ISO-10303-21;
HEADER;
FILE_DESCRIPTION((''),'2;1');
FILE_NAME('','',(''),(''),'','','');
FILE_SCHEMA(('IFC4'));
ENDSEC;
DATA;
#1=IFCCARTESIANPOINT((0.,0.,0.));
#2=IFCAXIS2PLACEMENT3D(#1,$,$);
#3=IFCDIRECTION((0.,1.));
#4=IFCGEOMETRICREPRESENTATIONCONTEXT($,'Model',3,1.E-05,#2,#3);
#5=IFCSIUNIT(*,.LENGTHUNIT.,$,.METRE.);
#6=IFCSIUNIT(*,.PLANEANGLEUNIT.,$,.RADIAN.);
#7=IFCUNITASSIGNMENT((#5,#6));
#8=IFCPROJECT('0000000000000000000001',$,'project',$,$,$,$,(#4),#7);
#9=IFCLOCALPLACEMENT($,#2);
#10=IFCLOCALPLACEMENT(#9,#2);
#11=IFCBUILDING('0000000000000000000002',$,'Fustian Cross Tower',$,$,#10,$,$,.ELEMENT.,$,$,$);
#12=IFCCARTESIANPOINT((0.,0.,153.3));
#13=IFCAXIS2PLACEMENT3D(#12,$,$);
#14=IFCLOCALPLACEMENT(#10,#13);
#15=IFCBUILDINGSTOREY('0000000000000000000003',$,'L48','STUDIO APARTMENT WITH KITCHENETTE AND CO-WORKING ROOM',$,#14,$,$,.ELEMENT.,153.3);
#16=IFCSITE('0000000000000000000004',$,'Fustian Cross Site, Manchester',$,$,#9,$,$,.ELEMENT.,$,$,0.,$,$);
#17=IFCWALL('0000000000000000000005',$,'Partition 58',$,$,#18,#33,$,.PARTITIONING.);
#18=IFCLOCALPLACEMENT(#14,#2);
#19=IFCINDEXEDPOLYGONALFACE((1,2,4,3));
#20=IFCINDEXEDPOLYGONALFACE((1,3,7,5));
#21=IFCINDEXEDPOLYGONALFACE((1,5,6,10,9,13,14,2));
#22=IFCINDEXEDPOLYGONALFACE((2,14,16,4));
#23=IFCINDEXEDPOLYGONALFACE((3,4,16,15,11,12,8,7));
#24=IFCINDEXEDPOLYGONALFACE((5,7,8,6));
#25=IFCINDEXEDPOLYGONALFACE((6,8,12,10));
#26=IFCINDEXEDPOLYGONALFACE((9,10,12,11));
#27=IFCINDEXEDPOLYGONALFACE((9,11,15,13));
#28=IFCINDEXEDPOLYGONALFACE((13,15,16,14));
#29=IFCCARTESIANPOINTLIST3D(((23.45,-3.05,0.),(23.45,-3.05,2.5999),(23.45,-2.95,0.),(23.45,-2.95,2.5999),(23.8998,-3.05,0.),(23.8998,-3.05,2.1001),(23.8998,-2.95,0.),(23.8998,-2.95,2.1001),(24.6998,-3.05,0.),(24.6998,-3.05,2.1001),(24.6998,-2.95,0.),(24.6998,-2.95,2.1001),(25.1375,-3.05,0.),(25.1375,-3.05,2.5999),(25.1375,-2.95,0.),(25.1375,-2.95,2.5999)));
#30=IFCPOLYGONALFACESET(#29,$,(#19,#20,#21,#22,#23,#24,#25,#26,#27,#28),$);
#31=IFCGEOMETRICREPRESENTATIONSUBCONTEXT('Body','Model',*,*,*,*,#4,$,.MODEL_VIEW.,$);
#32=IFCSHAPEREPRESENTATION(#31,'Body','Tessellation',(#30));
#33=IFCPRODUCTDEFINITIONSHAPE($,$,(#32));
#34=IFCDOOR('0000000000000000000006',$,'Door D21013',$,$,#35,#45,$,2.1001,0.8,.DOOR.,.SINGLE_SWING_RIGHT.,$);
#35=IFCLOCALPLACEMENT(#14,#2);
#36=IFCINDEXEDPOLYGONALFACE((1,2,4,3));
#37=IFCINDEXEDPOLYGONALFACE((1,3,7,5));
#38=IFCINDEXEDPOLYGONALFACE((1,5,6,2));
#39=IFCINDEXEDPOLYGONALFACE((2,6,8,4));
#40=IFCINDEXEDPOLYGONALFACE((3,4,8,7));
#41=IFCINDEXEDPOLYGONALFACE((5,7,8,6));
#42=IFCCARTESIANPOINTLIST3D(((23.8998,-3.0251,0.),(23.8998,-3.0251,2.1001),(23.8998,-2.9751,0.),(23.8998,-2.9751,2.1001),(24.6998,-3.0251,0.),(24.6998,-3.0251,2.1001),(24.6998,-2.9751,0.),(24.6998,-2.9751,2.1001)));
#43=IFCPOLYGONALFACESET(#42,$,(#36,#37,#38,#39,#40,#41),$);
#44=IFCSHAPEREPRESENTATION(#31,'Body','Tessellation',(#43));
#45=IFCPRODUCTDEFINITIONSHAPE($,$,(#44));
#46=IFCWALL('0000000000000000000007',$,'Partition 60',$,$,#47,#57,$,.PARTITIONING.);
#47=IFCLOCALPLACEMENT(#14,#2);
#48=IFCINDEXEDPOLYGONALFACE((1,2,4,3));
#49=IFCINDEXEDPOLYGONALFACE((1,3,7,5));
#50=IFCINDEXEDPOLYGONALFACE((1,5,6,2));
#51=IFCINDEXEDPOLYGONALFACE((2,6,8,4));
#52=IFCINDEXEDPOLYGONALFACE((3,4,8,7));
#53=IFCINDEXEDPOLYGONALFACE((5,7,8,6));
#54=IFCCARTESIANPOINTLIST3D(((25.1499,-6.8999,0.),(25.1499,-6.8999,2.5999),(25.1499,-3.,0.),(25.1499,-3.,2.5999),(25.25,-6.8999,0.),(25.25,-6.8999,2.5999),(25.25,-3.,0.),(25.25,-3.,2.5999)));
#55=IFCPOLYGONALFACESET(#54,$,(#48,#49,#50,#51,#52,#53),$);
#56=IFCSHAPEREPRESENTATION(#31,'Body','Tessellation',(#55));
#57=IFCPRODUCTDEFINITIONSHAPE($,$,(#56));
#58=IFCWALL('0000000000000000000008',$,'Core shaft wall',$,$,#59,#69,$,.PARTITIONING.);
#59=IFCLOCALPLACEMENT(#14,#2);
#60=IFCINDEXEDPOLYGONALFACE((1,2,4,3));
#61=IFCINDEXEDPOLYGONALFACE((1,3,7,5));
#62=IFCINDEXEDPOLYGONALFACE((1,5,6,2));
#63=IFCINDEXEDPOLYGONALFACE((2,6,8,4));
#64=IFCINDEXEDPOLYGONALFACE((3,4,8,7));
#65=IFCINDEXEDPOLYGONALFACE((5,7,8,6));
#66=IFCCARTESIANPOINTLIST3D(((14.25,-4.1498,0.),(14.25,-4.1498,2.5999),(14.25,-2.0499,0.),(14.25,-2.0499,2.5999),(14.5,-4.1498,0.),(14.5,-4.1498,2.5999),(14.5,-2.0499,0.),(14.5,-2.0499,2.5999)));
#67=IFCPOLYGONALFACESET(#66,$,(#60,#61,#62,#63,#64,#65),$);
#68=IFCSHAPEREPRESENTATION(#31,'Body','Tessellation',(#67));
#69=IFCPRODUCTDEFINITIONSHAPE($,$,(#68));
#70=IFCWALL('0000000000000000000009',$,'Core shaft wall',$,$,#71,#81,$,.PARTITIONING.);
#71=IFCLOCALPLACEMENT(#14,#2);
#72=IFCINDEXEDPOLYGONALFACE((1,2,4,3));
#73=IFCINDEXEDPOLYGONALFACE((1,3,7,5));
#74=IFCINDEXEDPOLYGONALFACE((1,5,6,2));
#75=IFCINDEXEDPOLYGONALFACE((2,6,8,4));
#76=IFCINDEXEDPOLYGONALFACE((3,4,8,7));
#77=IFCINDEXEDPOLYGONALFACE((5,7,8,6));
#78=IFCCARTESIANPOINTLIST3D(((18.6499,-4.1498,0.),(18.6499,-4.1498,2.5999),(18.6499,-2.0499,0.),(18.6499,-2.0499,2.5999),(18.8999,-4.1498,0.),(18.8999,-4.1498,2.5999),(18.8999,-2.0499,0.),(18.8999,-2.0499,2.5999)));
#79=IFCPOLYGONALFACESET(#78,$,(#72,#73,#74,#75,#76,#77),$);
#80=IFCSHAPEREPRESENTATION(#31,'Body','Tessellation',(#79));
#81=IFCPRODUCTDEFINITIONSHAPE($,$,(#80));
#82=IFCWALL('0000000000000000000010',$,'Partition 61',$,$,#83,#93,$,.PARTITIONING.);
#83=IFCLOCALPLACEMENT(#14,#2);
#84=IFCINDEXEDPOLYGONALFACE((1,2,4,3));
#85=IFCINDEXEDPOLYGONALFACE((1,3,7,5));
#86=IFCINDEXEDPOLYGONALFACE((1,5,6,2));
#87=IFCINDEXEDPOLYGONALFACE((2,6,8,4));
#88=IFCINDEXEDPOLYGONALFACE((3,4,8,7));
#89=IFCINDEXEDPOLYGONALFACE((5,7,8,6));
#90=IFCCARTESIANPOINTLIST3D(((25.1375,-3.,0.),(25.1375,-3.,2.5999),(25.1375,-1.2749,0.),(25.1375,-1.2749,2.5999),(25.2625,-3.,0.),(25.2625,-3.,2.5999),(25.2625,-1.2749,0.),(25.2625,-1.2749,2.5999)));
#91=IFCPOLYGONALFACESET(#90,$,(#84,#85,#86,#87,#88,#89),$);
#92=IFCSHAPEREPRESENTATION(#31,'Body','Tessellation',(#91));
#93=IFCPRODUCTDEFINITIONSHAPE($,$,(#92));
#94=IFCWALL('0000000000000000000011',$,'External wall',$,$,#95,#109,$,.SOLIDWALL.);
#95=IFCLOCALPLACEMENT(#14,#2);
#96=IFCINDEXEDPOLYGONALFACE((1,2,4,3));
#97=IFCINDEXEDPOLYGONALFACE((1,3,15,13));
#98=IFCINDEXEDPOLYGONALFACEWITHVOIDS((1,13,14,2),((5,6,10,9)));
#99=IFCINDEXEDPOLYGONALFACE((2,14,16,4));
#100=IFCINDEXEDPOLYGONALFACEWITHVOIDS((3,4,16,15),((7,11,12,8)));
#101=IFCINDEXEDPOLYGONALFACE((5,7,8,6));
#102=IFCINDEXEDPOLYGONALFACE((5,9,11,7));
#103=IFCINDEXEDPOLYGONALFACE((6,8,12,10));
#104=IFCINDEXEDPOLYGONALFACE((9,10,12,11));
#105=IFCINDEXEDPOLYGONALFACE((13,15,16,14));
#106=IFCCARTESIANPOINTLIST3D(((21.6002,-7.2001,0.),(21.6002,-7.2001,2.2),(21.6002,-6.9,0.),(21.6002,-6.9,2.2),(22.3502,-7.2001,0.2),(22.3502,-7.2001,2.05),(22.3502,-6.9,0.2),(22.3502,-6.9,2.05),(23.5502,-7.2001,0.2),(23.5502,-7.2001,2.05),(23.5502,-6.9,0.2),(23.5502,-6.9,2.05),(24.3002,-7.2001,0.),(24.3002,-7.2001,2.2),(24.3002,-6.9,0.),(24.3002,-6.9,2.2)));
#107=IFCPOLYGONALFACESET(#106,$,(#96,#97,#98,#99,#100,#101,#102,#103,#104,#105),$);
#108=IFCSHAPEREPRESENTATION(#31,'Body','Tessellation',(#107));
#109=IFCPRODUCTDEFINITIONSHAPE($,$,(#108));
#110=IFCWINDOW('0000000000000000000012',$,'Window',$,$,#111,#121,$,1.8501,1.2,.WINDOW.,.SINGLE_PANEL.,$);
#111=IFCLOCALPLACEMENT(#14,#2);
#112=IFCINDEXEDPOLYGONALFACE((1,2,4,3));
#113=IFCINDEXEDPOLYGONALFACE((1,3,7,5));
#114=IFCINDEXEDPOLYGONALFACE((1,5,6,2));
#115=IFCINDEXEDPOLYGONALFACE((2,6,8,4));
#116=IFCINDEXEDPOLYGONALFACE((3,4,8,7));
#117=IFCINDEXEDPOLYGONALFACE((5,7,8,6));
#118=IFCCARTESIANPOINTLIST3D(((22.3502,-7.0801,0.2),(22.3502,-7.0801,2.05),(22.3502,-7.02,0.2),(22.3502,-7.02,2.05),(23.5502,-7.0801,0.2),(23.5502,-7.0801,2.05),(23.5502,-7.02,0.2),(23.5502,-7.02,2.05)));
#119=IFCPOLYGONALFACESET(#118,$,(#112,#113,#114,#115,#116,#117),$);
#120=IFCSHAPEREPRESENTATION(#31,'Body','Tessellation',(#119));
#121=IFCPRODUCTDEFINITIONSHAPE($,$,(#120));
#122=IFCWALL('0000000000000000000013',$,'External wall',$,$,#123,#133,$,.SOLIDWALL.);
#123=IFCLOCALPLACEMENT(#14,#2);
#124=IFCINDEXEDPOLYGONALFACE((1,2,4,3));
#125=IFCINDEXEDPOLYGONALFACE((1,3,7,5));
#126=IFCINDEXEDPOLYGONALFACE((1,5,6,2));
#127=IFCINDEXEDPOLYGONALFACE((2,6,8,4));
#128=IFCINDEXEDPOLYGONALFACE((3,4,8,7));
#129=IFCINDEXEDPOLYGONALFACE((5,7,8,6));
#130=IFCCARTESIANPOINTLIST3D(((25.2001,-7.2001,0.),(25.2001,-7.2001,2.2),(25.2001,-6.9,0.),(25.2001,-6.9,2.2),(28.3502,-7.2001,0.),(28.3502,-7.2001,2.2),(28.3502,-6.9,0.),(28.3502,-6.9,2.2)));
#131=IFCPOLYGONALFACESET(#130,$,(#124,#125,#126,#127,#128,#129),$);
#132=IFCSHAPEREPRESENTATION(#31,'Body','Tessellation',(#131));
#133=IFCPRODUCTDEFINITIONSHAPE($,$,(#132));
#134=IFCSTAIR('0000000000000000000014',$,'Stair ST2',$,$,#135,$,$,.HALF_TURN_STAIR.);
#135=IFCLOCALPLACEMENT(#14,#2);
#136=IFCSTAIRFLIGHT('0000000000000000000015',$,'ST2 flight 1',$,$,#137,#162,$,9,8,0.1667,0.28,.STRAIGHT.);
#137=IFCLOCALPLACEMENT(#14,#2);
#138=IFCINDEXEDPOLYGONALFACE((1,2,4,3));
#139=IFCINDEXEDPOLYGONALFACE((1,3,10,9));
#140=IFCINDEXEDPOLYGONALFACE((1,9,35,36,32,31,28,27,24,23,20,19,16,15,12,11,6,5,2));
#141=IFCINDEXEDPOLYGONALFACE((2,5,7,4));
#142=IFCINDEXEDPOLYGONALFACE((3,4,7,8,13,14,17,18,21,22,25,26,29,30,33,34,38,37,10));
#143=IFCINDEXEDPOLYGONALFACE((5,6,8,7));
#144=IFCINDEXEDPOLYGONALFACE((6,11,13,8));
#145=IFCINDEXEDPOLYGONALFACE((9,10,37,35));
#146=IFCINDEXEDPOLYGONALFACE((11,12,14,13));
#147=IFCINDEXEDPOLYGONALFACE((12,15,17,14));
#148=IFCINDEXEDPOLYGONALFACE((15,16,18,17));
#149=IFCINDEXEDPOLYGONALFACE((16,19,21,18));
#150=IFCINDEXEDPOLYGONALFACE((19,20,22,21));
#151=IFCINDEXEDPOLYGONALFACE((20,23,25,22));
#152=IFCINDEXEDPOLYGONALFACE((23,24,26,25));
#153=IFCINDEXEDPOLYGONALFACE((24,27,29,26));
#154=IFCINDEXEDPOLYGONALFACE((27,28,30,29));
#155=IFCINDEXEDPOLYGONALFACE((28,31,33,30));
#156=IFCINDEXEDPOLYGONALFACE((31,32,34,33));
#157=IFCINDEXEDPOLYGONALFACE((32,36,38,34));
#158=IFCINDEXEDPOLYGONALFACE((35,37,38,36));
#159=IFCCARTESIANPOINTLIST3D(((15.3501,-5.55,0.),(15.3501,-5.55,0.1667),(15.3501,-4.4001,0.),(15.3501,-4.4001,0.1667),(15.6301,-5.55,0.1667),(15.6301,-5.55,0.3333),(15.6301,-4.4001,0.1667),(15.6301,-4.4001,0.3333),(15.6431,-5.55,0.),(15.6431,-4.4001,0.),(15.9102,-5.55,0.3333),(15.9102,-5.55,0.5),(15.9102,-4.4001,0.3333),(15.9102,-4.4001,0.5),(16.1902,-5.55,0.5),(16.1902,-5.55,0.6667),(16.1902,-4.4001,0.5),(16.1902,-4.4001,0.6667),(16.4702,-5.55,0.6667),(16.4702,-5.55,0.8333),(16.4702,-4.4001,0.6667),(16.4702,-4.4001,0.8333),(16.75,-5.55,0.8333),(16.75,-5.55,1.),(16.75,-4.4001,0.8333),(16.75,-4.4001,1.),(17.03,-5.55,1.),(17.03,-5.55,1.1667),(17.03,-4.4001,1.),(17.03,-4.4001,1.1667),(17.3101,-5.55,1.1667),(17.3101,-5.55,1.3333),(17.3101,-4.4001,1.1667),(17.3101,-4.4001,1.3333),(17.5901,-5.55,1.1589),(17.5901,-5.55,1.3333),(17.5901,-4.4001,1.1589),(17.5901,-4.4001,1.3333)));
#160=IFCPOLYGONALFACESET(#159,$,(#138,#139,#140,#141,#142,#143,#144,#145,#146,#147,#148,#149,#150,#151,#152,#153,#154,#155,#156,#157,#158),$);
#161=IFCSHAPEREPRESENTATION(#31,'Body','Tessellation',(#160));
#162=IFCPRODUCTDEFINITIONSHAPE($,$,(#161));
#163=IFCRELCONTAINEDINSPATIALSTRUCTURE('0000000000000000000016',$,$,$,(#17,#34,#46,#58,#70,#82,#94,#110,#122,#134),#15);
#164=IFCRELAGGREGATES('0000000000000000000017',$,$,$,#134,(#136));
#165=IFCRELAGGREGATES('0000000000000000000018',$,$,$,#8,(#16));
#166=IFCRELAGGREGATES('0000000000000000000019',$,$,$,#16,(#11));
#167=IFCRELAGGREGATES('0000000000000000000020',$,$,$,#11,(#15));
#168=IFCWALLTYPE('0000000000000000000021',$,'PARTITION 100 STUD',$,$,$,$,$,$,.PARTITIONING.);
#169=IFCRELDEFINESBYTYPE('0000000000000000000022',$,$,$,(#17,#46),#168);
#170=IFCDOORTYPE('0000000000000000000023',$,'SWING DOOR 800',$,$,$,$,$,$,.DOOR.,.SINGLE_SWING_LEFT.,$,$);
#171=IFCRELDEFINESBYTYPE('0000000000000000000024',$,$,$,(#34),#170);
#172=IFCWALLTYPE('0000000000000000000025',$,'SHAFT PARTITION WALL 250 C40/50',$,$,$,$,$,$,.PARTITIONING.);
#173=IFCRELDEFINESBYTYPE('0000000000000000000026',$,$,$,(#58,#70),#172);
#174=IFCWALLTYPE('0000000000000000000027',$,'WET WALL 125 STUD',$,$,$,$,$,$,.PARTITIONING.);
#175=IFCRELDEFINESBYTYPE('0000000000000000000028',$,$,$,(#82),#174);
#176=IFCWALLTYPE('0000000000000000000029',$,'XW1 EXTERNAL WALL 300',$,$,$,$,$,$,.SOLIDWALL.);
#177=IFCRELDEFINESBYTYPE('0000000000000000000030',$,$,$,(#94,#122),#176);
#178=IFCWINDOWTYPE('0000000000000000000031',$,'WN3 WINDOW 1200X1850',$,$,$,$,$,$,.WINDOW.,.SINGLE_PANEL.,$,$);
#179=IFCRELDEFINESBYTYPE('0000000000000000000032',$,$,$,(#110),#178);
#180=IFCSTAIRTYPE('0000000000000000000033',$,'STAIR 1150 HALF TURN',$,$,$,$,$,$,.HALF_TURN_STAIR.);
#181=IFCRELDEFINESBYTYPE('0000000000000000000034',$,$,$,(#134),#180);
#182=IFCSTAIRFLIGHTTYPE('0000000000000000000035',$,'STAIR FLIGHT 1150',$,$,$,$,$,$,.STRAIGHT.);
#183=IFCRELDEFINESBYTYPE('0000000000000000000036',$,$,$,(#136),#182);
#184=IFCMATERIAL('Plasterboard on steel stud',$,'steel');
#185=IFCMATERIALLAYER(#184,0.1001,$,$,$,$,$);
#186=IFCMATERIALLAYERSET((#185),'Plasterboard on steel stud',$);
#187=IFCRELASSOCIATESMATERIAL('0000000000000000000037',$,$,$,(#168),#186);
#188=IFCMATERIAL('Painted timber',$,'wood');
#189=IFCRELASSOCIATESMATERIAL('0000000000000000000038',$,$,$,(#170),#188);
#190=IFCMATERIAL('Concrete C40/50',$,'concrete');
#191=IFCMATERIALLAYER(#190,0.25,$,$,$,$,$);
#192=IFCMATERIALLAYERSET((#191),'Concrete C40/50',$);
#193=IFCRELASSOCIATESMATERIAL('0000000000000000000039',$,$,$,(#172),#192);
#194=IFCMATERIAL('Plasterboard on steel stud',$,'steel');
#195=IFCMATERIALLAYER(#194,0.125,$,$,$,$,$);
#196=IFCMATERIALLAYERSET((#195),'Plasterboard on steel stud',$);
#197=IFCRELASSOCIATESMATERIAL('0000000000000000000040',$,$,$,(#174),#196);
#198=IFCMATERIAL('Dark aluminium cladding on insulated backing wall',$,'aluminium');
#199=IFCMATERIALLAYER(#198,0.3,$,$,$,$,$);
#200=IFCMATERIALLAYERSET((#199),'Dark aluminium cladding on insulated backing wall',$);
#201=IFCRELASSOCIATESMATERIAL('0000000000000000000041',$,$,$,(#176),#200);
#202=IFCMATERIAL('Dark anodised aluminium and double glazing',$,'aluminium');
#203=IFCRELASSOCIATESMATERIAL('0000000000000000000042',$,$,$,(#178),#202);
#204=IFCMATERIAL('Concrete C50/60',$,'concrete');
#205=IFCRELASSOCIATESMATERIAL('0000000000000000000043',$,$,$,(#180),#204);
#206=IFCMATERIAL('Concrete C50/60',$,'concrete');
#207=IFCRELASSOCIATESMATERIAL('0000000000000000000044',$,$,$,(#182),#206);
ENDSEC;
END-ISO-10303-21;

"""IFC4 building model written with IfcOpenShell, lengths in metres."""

from ifc_helpers import new_model, si_unit, direction, frame, frame_2d, origin, place, context, subcontext, project, spatial, polyline, rectangle, outline, extrude, material, layer, layer_set, type_object, element, fill, aggregate, save


model = new_model("IFC4")

# Units and contexts
model_context = context("Model", 3, precision=1e-05, world=origin(), true_north=direction((0.0, 1.0)))
body_context = subcontext(model_context, "Body", "Model", "MODEL_VIEW")
ifc_project = project(units=[si_unit("LENGTHUNIT", "METRE"), si_unit("PLANEANGLEUNIT", "RADIAN")], contexts=[model_context])

# Site, building, storey
site_placement = place(None, origin())
site = spatial("IfcSite", under=ifc_project, at=site_placement, Name="Fustian Cross Site, Manchester", CompositionType="ELEMENT", RefElevation=0.0)
building_placement = place(site_placement, origin())
building = spatial("IfcBuilding", under=site, at=building_placement, Name="Fustian Cross Tower", CompositionType="ELEMENT")
storey_placement = place(building_placement, frame((0.0, 0.0, 153.3)))
storey = spatial("IfcBuildingStorey", under=building, at=storey_placement, Name="L48", Description="STUDIO APARTMENT WITH KITCHENETTE AND CO-WORKING ROOM", CompositionType="ELEMENT", Elevation=153.3)

# Shared definitions
ifc_material_1 = material(Name="Plasterboard on steel stud", Category="steel")
ifc_layer_1 = layer(ifc_material_1, 0.1001)
ifc_layer_set_1 = layer_set([ifc_layer_1], Name="Plasterboard on steel stud")
wall_type_1 = type_object("IfcWallType", Name="PARTITION 100 STUD", PredefinedType="PARTITIONING", material=ifc_layer_set_1)

# Wall, opening, door
wall_1_placement = place(storey_placement, frame((23.45, -3.0, 0.0), z_axis=(0.0, 0.0, 1.0), x_axis=(1.0, 0.0, 0.0)))
wall_1 = element("IfcWall", 1, at=wall_1_placement, inside=storey, type_object=wall_type_1, Name="Partition 58", PredefinedType="PARTITIONING", context=body_context, shape_type="SweptSolid", body=[
    extrude(rectangle(XDim=1.6875, YDim=0.1001, at=frame_2d((0.8438, 0.0))), origin(), (0.0, 0.0, 1.0), 2.5999),
])
opening_1_placement = place(wall_1_placement, frame((0.45, 0.0, 0.0)))
opening_1 = element("IfcOpeningElement", 2, at=opening_1_placement, cuts=wall_1, PredefinedType="OPENING", context=body_context, shape_type="SweptSolid", body=[
    extrude(rectangle(XDim=0.8, YDim=2.1001, at=frame_2d((0.3999, 1.05))), frame((0.0, 0.0601, 0.0), z_axis=(0.0, -1.0, 0.0), x_axis=(1.0, 0.0, 0.0)), (0.0, 0.0, 1.0), 0.1201),
])
ifc_material_2 = material(Name="Painted timber", Category="wood")
door_type_1 = type_object("IfcDoorType", Name="SWING DOOR 800", OperationType="SINGLE_SWING_LEFT", PredefinedType="DOOR", material=ifc_material_2)
door_1_placement = place(opening_1_placement, origin())
door_1 = element("IfcDoor", 3, at=door_1_placement, inside=storey, type_object=door_type_1, Name="Door D21013", OperationType="SINGLE_SWING_RIGHT", OverallHeight=2.1001, OverallWidth=0.8, PredefinedType="DOOR", context=body_context, shape_type="SweptSolid", body=[
    extrude(rectangle(XDim=0.8, YDim=2.1001, at=frame_2d((0.3999, 1.05))), frame((0.0, 0.0249, 0.0), z_axis=(0.0, -1.0, 0.0), x_axis=(1.0, 0.0, 0.0)), (0.0, 0.0, 1.0), 0.05),
])
fill(opening_1, door_1)

# Walls
wall_2_placement = place(storey_placement, frame((25.2, -6.8999, 0.0), z_axis=(0.0, 0.0, 1.0), x_axis=(0.0, 1.0, 0.0)))
element("IfcWall", 4, at=wall_2_placement, inside=storey, type_object=wall_type_1, Name="Partition 60", PredefinedType="PARTITIONING", context=body_context, shape_type="SweptSolid", body=[
    extrude(rectangle(XDim=3.8999, YDim=0.1001, at=frame_2d((1.95, 0.0))), origin(), (0.0, 0.0, 1.0), 2.5999),
])
ifc_material_3 = material(Name="Concrete C40/50", Category="concrete")
ifc_layer_2 = layer(ifc_material_3, 0.25)
ifc_layer_set_2 = layer_set([ifc_layer_2], Name="Concrete C40/50")
wall_type_2 = type_object("IfcWallType", Name="SHAFT PARTITION WALL 250 C40/50", PredefinedType="PARTITIONING", material=ifc_layer_set_2)
for number, where, z_axis, x_axis, name in (
    (5, (14.375, -2.05, 0.0), (0.0, 0.0, 1.0), (0.0, -1.0, 0.0), "Core shaft wall"),
    (6, (18.7749, -2.05, 0.0), (0.0, 0.0, 1.0), (0.0, -1.0, 0.0), "Core shaft wall"),
):
    element("IfcWall", number, at=place(storey_placement, frame(where, z_axis=z_axis, x_axis=x_axis)), inside=storey, type_object=wall_type_2, Name=name, PredefinedType="PARTITIONING", context=body_context, shape_type="SweptSolid", body=[
        extrude(rectangle(XDim=2.0999, YDim=0.25, at=frame_2d((1.0498, 0.0))), origin(), (0.0, 0.0, 1.0), 2.5999),
    ])
ifc_material_4 = material(Name="Plasterboard on steel stud", Category="steel")
ifc_layer_3 = layer(ifc_material_4, 0.125)
ifc_layer_set_3 = layer_set([ifc_layer_3], Name="Plasterboard on steel stud")
wall_type_3 = type_object("IfcWallType", Name="WET WALL 125 STUD", PredefinedType="PARTITIONING", material=ifc_layer_set_3)
wall_3_placement = place(storey_placement, frame((25.2, -3.0, 0.0), z_axis=(0.0, 0.0, 1.0), x_axis=(0.0, 1.0, 0.0)))
element("IfcWall", 7, at=wall_3_placement, inside=storey, type_object=wall_type_3, Name="Partition 61", PredefinedType="PARTITIONING", context=body_context, shape_type="SweptSolid", body=[
    extrude(rectangle(XDim=1.7251, YDim=0.125, at=frame_2d((0.8625, 0.0))), origin(), (0.0, 0.0, 1.0), 2.5999),
])

# Wall, opening, window
ifc_material_5 = material(Name="Dark aluminium cladding on insulated backing wall", Category="aluminium")
ifc_layer_4 = layer(ifc_material_5, 0.3)
ifc_layer_set_4 = layer_set([ifc_layer_4], Name="Dark aluminium cladding on insulated backing wall")
wall_type_4 = type_object("IfcWallType", Name="XW1 EXTERNAL WALL 300", PredefinedType="SOLIDWALL", material=ifc_layer_set_4)
wall_4_placement = place(storey_placement, frame((21.6001, -7.05, 0.0), z_axis=(0.0, 0.0, 1.0), x_axis=(1.0, 0.0, 0.0)))
wall_4 = element("IfcWall", 8, at=wall_4_placement, inside=storey, type_object=wall_type_4, Name="External wall", PredefinedType="SOLIDWALL", context=body_context, shape_type="SweptSolid", body=[
    extrude(rectangle(XDim=2.7, YDim=0.3, at=frame_2d((1.3501, 0.0))), origin(), (0.0, 0.0, 1.0), 2.2),
])
opening_2_placement = place(wall_4_placement, frame((0.75, 0.0, 0.2)))
opening_2 = element("IfcOpeningElement", 9, at=opening_2_placement, cuts=wall_4, PredefinedType="OPENING", context=body_context, shape_type="SweptSolid", body=[
    extrude(rectangle(XDim=1.2, YDim=1.8501, at=frame_2d((0.6001, 0.925))), frame((0.0, 0.1599, 0.0), z_axis=(0.0, -1.0, 0.0), x_axis=(1.0, 0.0, 0.0)), (0.0, 0.0, 1.0), 0.3201),
])
ifc_material_6 = material(Name="Dark anodised aluminium and double glazing", Category="aluminium")
window_type = type_object("IfcWindowType", Name="WN3 WINDOW 1200X1850", PartitioningType="SINGLE_PANEL", PredefinedType="WINDOW", material=ifc_material_6)
window_placement = place(opening_2_placement, origin())
window = element("IfcWindow", 10, at=window_placement, inside=storey, type_object=window_type, Name="Window", OverallHeight=1.8501, OverallWidth=1.2, PartitioningType="SINGLE_PANEL", PredefinedType="WINDOW", context=body_context, shape_type="SweptSolid", body=[
    extrude(rectangle(XDim=1.2, YDim=1.8501, at=frame_2d((0.6001, 0.925))), frame((0.0, 0.03, 0.0), z_axis=(0.0, -1.0, 0.0), x_axis=(1.0, 0.0, 0.0)), (0.0, 0.0, 1.0), 0.0601),
])
fill(opening_2, window)

# Wall
wall_5_placement = place(storey_placement, frame((25.2, -7.05, 0.0), z_axis=(0.0, 0.0, 1.0), x_axis=(1.0, 0.0, 0.0)))
element("IfcWall", 11, at=wall_5_placement, inside=storey, type_object=wall_type_4, Name="External wall", PredefinedType="SOLIDWALL", context=body_context, shape_type="SweptSolid", body=[
    extrude(rectangle(XDim=3.1501, YDim=0.3, at=frame_2d((1.5752, 0.0))), origin(), (0.0, 0.0, 1.0), 2.2),
])

# Stair, stair flight
ifc_material_7 = material(Name="Concrete C50/60", Category="concrete")
stair_type = type_object("IfcStairType", Name="STAIR 1150 HALF TURN", PredefinedType="HALF_TURN_STAIR", material=ifc_material_7)
stair_placement = place(storey_placement, origin())
stair = element("IfcStair", 12, at=stair_placement, inside=storey, type_object=stair_type, Name="Stair ST2", PredefinedType="HALF_TURN_STAIR")
ifc_material_8 = material(Name="Concrete C50/60", Category="concrete")
stair_flight_type = type_object("IfcStairFlightType", Name="STAIR FLIGHT 1150", PredefinedType="STRAIGHT", material=ifc_material_8)
stair_flight_1_placement = place(storey_placement, frame((15.3501, -4.9751, 0.0), z_axis=(0.0, 0.0, 1.0), x_axis=(1.0, 0.0, 0.0)))
stair_flight_1 = element("IfcStairFlight", 13, at=stair_flight_1_placement, type_object=stair_flight_type, Name="ST2 flight 1", NumberOfRisers=9, NumberOfTreads=8, PredefinedType="STRAIGHT", RiserHeight=0.1667, TreadLength=0.28, context=body_context, shape_type="SweptSolid", body=[
    extrude(outline(polyline([(0.0, 0.0), (0.0, 0.1667), (0.28, 0.1667), (0.28, 0.3333), (0.5601, 0.3333), (0.5601, 0.5), (0.8401, 0.5), (0.8401, 0.6667), (1.1201, 0.6667), (1.1201, 0.8333), (1.3999, 0.8333), (1.3999, 1.0), (1.6799, 1.0), (1.6799, 1.1667), (1.96, 1.1667), (1.96, 1.3333), (2.24, 1.3333), (2.24, 1.5), (2.24, 1.1589), (0.293, 0.0), (0.0, 0.0)])), frame((0.0, 0.575, 0.0), z_axis=(0.0, -1.0, 0.0), x_axis=(1.0, 0.0, 0.0)), (0.0, 0.0, 1.0), 1.1499),
])
aggregate(stair, [stair_flight_1])

save(model, "model.ifc")
